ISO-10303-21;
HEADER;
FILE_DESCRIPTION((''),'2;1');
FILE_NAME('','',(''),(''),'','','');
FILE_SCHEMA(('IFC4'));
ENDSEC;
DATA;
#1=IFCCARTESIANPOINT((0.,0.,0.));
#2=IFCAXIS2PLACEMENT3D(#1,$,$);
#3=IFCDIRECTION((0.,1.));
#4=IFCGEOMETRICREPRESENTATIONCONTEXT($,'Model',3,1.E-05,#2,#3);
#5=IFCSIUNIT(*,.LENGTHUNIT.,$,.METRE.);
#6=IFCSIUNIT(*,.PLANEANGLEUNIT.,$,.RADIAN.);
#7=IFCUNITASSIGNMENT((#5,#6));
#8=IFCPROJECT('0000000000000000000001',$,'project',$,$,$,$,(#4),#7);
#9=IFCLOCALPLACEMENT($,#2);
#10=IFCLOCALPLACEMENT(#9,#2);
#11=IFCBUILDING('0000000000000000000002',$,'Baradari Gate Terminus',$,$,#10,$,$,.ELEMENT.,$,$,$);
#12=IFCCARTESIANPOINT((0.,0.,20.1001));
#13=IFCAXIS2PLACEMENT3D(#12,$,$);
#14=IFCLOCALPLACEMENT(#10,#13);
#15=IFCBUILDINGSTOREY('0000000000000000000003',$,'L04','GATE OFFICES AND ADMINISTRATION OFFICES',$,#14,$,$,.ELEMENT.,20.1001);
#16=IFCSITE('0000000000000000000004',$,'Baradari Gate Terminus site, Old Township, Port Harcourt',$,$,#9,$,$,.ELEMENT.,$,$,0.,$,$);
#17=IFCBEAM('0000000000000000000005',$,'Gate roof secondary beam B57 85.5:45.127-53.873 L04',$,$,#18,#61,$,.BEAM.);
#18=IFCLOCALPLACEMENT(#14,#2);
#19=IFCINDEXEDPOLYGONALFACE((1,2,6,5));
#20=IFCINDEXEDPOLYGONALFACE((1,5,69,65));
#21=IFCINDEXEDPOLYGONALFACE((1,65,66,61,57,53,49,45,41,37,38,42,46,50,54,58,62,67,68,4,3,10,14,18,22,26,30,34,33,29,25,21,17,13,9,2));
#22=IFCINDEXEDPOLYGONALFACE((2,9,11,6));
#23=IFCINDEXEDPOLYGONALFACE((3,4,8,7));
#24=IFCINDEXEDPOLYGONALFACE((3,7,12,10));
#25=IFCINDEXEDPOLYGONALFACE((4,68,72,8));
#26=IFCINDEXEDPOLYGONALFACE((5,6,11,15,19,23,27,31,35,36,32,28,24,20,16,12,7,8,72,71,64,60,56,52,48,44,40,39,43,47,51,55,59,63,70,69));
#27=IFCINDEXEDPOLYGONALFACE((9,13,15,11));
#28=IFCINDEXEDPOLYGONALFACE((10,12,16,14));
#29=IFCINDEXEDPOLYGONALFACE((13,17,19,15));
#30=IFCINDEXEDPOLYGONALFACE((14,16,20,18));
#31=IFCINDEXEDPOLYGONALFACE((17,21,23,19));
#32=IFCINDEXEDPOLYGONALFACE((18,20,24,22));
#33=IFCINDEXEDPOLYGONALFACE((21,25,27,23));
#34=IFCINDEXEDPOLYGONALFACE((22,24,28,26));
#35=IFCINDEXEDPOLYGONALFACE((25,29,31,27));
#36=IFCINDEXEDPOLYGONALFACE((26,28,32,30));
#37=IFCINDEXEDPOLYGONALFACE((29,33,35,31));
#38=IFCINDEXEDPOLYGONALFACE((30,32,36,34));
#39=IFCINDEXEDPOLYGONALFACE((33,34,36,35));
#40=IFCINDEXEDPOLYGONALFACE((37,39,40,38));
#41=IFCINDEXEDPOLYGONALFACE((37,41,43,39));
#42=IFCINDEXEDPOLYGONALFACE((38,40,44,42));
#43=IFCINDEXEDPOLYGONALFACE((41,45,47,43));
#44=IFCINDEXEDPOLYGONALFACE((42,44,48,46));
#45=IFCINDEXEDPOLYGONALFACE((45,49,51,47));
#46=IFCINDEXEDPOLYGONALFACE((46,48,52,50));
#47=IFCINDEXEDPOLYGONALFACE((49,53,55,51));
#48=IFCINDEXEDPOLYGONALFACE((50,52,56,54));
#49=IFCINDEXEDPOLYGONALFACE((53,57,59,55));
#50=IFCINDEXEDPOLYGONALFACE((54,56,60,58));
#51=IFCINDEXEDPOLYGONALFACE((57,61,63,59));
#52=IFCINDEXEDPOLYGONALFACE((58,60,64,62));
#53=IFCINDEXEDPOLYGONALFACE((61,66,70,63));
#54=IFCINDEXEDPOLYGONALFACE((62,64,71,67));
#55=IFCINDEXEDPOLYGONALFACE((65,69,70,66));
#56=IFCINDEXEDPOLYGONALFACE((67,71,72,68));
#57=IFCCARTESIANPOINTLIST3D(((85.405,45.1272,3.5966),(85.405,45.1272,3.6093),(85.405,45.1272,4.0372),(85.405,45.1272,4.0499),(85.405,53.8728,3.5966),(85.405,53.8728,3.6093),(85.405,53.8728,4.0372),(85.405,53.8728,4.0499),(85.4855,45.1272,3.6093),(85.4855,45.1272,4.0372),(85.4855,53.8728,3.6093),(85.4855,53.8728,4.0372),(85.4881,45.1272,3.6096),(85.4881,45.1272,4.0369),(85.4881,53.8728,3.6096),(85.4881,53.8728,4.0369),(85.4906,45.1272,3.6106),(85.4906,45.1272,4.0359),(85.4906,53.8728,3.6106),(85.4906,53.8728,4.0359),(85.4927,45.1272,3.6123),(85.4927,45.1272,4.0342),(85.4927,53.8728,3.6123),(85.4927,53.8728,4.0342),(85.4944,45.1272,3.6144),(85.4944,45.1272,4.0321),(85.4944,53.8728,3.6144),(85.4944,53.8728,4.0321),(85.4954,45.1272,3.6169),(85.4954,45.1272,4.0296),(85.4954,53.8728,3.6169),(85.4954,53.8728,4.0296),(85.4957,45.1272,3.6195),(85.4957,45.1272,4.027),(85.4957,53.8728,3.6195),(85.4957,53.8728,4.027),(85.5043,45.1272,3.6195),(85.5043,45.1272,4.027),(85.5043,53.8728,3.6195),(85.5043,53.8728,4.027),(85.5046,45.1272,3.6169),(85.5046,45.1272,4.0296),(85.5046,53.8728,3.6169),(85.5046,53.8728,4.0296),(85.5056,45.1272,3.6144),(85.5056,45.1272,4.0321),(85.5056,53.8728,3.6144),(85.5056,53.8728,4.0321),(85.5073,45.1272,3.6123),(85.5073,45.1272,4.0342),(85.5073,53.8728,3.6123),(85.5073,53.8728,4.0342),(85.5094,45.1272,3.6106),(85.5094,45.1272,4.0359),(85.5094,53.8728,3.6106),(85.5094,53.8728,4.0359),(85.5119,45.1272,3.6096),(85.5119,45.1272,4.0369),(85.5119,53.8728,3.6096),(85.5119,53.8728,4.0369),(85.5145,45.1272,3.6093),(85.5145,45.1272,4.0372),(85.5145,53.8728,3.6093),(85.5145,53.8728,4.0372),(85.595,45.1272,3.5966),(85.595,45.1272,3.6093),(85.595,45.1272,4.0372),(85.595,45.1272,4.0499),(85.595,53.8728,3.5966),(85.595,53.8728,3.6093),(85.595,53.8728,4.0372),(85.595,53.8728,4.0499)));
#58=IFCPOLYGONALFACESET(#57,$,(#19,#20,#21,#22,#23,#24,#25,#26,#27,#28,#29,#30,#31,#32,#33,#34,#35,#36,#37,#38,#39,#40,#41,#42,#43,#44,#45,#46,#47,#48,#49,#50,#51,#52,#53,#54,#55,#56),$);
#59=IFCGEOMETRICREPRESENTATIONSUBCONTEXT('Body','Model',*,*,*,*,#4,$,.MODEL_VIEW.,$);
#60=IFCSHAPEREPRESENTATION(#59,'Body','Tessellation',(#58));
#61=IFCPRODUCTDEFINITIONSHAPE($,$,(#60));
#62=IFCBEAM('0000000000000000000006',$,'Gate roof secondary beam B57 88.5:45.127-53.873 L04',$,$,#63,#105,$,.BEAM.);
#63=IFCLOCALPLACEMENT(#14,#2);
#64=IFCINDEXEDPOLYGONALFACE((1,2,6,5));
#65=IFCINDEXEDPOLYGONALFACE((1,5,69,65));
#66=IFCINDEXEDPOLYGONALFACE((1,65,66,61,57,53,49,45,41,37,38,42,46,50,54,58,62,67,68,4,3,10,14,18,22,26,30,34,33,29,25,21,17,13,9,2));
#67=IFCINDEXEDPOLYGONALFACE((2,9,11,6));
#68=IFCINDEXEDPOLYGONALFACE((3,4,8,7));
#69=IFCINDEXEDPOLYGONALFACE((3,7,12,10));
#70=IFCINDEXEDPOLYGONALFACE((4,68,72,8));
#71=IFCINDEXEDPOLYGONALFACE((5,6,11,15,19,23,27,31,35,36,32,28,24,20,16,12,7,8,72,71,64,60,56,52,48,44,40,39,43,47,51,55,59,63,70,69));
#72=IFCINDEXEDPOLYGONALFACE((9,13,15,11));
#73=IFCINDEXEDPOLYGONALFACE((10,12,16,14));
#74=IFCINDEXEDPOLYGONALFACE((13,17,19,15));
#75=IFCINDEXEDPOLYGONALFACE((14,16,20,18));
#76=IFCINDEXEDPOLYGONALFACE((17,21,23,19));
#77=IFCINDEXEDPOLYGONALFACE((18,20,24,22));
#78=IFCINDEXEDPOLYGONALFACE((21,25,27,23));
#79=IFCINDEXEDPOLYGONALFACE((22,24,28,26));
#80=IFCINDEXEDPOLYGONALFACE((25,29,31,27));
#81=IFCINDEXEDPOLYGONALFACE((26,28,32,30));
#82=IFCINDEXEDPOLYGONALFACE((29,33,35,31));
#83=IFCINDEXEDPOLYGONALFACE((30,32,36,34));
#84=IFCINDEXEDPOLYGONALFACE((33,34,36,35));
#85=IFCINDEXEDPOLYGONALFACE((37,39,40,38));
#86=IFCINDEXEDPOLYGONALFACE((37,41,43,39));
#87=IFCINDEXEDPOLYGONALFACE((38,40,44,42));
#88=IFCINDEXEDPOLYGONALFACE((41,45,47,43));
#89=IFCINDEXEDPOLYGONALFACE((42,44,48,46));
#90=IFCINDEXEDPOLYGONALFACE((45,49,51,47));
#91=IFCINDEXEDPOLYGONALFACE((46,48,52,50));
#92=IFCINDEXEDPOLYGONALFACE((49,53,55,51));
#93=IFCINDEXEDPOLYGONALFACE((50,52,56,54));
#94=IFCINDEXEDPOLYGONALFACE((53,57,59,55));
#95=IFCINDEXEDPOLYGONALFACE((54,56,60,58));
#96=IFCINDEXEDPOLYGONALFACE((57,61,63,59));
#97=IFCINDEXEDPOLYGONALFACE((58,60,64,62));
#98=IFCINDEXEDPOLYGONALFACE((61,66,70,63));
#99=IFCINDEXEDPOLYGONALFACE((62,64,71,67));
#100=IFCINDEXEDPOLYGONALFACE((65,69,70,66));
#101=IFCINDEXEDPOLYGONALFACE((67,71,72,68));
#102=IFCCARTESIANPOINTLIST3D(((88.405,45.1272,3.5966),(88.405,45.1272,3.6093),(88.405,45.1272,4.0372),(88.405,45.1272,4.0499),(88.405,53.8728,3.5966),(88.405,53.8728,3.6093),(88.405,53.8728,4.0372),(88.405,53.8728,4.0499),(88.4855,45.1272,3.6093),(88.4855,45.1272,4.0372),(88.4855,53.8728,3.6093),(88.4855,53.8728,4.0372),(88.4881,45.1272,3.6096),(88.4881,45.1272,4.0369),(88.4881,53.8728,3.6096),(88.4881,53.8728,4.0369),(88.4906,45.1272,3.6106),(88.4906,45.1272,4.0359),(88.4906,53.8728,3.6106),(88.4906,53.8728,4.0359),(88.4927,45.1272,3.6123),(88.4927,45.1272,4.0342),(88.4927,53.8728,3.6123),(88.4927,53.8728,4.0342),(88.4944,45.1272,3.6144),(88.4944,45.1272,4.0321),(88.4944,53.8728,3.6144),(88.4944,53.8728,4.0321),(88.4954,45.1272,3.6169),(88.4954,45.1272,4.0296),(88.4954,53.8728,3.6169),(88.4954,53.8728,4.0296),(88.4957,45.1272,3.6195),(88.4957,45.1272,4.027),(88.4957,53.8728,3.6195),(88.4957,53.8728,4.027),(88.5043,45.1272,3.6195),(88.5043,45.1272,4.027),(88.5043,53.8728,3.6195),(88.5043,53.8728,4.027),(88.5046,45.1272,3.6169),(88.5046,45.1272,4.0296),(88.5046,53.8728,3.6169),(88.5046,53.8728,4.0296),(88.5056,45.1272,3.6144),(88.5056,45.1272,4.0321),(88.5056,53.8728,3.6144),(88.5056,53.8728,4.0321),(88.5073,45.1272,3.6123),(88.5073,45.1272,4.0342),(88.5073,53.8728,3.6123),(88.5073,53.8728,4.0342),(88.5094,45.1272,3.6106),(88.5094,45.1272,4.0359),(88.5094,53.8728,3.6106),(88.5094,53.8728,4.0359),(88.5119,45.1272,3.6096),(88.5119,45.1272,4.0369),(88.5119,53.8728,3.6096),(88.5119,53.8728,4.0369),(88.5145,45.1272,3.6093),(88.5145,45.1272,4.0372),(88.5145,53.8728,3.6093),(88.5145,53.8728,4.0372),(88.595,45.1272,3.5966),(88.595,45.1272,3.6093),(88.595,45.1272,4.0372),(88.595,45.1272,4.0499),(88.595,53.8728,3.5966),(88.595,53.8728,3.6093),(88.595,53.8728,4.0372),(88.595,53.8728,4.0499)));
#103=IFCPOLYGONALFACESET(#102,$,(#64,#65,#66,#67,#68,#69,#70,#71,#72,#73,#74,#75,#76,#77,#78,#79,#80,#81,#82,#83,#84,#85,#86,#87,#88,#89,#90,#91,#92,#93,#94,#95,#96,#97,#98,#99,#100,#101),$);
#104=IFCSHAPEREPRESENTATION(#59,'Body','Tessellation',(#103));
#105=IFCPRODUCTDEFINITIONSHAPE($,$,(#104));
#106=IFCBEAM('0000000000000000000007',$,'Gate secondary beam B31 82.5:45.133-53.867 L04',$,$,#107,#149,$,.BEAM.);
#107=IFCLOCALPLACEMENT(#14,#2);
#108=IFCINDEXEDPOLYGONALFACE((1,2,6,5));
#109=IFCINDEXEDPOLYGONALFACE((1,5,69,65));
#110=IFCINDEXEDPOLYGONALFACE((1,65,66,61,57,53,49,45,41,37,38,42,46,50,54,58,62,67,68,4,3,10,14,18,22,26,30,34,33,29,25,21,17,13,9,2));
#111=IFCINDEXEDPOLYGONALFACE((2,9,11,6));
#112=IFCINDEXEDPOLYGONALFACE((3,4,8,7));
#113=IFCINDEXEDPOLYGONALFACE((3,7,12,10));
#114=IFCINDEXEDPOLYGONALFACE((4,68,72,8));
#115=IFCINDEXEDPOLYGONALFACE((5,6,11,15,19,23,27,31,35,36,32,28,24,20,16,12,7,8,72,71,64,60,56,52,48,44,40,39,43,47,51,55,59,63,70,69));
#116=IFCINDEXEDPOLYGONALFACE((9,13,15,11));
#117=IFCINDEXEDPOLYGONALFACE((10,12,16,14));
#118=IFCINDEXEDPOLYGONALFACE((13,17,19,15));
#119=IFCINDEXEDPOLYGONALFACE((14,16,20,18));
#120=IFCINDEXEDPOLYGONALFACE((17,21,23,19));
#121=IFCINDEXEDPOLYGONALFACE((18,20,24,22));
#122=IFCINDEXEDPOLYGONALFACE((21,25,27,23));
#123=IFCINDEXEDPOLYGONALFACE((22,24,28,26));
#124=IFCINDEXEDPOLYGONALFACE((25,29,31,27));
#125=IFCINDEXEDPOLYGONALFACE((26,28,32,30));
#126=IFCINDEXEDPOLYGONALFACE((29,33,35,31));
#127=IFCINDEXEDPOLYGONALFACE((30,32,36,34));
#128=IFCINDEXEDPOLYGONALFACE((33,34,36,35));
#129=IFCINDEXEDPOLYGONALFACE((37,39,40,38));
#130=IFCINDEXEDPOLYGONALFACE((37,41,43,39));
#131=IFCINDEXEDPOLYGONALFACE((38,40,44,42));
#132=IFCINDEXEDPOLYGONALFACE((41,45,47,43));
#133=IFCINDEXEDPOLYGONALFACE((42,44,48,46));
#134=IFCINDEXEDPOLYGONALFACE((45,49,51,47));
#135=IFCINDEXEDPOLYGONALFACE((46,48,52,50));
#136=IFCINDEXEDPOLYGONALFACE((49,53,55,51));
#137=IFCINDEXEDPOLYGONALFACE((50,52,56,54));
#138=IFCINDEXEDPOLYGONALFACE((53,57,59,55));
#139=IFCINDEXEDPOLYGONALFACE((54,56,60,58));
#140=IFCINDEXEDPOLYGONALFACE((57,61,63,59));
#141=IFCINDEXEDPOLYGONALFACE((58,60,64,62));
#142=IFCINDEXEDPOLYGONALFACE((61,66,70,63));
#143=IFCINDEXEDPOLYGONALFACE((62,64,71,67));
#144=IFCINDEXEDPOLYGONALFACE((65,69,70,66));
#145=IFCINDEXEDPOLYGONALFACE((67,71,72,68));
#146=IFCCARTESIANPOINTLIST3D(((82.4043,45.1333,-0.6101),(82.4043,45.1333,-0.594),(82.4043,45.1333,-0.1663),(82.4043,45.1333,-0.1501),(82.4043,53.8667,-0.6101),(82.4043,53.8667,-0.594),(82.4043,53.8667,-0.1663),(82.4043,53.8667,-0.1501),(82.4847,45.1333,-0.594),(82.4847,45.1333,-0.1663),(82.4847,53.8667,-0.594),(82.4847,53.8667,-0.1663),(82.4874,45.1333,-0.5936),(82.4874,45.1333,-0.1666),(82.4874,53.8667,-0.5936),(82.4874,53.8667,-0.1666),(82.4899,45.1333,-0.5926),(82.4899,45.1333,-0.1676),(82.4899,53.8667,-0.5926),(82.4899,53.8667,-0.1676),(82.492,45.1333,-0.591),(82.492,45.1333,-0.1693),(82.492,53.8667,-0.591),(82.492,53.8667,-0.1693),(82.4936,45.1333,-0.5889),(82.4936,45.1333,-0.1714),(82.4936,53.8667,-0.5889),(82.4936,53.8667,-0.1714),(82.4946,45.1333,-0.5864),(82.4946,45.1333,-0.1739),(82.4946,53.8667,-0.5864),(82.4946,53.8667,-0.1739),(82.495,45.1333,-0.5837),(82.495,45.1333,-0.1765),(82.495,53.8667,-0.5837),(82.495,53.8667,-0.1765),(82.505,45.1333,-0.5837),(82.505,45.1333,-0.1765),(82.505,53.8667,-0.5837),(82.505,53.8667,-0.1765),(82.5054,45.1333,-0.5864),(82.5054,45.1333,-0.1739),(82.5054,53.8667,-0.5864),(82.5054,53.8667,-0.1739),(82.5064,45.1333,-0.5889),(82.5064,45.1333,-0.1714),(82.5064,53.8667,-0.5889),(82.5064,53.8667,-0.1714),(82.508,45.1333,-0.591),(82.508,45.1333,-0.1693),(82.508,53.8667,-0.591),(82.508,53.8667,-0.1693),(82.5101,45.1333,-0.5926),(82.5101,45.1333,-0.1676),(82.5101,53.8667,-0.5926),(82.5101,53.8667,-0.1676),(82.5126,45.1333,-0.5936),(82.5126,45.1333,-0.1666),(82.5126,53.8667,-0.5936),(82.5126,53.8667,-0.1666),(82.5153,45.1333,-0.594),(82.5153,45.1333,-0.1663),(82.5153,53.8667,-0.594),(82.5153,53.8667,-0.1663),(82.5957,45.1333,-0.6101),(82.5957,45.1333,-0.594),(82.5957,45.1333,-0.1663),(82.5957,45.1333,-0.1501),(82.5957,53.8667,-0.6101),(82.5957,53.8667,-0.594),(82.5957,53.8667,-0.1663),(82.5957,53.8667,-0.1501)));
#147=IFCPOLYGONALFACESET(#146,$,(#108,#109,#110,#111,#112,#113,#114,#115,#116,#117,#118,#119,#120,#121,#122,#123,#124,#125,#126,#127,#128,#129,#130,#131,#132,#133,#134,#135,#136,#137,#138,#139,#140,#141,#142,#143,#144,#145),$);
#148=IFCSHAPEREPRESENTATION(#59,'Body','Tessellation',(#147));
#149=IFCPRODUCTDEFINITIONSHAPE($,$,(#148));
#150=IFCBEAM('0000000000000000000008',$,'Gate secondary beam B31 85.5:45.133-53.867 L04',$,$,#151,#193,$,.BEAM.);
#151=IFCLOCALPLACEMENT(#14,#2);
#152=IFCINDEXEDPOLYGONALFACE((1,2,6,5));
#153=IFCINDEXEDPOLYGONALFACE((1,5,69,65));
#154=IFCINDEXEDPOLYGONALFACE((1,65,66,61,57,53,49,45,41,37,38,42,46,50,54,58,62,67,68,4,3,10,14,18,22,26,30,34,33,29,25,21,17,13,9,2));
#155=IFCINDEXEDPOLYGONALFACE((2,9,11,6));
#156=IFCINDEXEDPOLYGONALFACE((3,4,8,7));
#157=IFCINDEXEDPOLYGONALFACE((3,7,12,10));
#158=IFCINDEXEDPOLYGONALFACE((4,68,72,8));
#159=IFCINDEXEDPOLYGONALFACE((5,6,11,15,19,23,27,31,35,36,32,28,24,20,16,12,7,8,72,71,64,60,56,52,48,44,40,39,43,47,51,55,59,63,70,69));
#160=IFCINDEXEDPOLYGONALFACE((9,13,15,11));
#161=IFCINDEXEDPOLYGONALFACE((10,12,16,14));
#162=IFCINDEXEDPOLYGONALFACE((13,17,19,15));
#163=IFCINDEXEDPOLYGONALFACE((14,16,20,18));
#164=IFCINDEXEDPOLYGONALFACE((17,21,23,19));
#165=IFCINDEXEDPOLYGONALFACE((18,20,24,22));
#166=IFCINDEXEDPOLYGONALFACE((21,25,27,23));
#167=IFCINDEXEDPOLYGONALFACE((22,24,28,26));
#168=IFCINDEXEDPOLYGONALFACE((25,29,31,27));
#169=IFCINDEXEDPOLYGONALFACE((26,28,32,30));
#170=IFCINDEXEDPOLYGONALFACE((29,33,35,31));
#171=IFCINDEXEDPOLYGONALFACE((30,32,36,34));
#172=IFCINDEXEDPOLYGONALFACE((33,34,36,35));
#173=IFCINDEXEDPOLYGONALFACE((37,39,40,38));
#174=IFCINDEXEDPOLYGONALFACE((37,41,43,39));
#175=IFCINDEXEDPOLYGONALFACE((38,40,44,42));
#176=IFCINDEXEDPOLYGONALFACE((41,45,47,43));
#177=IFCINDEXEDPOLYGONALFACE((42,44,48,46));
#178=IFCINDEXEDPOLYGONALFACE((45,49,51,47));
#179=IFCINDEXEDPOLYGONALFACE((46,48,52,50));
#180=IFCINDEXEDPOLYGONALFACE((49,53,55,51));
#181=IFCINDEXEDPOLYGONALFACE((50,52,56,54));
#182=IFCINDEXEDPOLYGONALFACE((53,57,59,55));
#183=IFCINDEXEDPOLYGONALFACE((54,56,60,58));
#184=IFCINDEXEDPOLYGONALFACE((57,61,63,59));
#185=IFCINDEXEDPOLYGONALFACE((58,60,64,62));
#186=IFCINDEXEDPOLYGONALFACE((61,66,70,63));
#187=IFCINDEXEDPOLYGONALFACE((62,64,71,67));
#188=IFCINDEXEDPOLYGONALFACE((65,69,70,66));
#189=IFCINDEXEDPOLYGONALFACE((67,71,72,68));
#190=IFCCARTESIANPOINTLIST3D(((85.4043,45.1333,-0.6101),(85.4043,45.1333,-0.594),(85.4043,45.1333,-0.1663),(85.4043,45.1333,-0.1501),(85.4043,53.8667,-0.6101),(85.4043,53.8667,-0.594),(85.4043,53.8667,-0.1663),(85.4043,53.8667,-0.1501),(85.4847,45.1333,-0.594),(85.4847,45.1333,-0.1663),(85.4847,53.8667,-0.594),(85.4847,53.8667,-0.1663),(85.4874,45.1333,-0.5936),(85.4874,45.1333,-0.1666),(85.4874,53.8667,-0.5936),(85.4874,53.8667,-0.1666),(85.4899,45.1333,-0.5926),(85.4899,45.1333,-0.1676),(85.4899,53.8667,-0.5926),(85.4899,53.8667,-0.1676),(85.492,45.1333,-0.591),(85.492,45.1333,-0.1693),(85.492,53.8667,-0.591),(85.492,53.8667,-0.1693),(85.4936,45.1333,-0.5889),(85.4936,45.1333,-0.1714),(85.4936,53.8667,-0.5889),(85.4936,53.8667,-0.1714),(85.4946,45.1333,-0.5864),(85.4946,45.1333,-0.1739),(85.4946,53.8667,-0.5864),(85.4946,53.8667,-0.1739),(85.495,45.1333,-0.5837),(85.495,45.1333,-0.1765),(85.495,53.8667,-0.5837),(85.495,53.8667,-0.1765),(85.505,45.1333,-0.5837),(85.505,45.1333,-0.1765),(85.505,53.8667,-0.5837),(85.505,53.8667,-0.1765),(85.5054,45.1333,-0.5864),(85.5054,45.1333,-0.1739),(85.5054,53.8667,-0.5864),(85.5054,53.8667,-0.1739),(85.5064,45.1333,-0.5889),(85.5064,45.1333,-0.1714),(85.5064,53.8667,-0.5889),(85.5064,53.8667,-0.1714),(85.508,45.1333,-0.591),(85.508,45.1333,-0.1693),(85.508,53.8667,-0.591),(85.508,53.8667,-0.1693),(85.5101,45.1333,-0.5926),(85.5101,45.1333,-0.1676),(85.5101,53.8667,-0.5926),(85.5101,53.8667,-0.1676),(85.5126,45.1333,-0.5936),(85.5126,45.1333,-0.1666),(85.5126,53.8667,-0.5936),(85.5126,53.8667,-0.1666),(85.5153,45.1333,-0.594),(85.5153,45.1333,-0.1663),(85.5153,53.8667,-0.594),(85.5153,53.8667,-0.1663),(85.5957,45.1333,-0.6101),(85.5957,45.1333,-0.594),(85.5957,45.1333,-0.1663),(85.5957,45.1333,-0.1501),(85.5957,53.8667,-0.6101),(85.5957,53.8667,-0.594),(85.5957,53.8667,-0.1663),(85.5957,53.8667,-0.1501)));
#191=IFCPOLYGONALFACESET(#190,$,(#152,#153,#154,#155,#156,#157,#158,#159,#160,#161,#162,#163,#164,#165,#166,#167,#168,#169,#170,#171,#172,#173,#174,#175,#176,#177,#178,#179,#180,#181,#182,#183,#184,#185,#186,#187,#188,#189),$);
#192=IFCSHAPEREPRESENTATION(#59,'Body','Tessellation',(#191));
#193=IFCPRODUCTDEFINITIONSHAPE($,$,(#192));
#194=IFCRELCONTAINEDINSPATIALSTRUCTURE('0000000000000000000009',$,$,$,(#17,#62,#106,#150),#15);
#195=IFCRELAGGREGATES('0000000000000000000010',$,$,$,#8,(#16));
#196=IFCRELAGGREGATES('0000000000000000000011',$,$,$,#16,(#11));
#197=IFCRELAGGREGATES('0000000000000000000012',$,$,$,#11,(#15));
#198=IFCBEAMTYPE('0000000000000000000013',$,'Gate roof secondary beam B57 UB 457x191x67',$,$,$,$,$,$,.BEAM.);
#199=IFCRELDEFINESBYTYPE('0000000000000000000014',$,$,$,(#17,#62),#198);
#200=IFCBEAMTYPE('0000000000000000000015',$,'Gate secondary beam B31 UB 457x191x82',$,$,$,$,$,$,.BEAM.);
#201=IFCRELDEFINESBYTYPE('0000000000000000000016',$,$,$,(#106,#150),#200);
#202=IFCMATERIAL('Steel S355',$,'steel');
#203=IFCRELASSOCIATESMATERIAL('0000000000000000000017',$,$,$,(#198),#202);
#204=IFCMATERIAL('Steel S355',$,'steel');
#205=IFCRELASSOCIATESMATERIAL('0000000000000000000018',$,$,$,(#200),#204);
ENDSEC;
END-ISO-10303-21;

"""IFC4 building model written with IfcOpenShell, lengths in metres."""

from ifc_helpers import new_model, si_unit, direction, frame, origin, origin_2d, place, context, subcontext, project, spatial, i_section, extrude, material, material_profile, profile_set, type_object, element, save


model = new_model("IFC4")

# Units and contexts
model_context = context("Model", 3, precision=1e-05, world=origin(), true_north=direction((0.0, 1.0)))
body_context = subcontext(model_context, "Body", "Model", "MODEL_VIEW")
ifc_project = project(units=[si_unit("LENGTHUNIT", "METRE"), si_unit("PLANEANGLEUNIT", "RADIAN")], contexts=[model_context])

# Site, building, storey
site_placement = place(None, origin())
site = spatial("IfcSite", under=ifc_project, at=site_placement, Name="Baradari Gate Terminus site, Old Township, Port Harcourt", CompositionType="ELEMENT", RefElevation=0.0)
building_placement = place(site_placement, origin())
building = spatial("IfcBuilding", under=site, at=building_placement, Name="Baradari Gate Terminus", CompositionType="ELEMENT")
storey_placement = place(building_placement, frame((0.0, 0.0, 20.1001)))
storey = spatial("IfcBuildingStorey", under=building, at=storey_placement, Name="L04", Description="GATE OFFICES AND ADMINISTRATION OFFICES", CompositionType="ELEMENT", Elevation=20.1001)

# Beams
ifc_material_1 = material(Name="Steel S355", Category="steel")
ifc_material_profile_1 = material_profile(ifc_material_1, i_section(OverallWidth=0.1899, OverallDepth=0.4534, WebThickness=0.0085, FlangeThickness=0.0127, FilletRadius=0.0103, at=origin_2d()), Name="UB 457x191x67")
ifc_profile_set_1 = profile_set([ifc_material_profile_1], Name="Steel S355")
beam_type_1 = type_object("IfcBeamType", Name="Gate roof secondary beam B57 UB 457x191x67", PredefinedType="BEAM", material=ifc_profile_set_1)
for number, where, z_axis, x_axis, name in (
    (1, (85.5, 45.1272, 3.8232), (0.0, 1.0, 0.0), (-1.0, 0.0, 0.0), "Gate roof secondary beam B57 85.5:45.127-53.873 L04"),
    (2, (88.5, 45.1272, 3.8232), (0.0, 1.0, 0.0), (-1.0, 0.0, 0.0), "Gate roof secondary beam B57 88.5:45.127-53.873 L04"),
):
    element("IfcBeam", number, at=place(storey_placement, frame(where, z_axis=z_axis, x_axis=x_axis)), inside=storey, type_object=beam_type_1, Name=name, PredefinedType="BEAM", context=body_context, shape_type="SweptSolid", body=[
        extrude(i_section(OverallWidth=0.1899, OverallDepth=0.4534, WebThickness=0.0085, FlangeThickness=0.0127, FilletRadius=0.0103, at=origin_2d()), origin(), (0.0, 0.0, 1.0), 8.7456),
    ])
ifc_material_2 = material(Name="Steel S355", Category="steel")
ifc_material_profile_2 = material_profile(ifc_material_2, i_section(OverallWidth=0.1914, OverallDepth=0.46, WebThickness=0.01, FlangeThickness=0.0161, FilletRadius=0.0103, at=origin_2d()), Name="UB 457x191x82")
ifc_profile_set_2 = profile_set([ifc_material_profile_2], Name="Steel S355")
beam_type_2 = type_object("IfcBeamType", Name="Gate secondary beam B31 UB 457x191x82", PredefinedType="BEAM", material=ifc_profile_set_2)
for number, where, z_axis, x_axis, name in (
    (3, (82.5, 45.1333, -0.3801), (0.0, 1.0, 0.0), (-1.0, 0.0, 0.0), "Gate secondary beam B31 82.5:45.133-53.867 L04"),
    (4, (85.5, 45.1333, -0.3801), (0.0, 1.0, 0.0), (-1.0, 0.0, 0.0), "Gate secondary beam B31 85.5:45.133-53.867 L04"),
):
    element("IfcBeam", number, at=place(storey_placement, frame(where, z_axis=z_axis, x_axis=x_axis)), inside=storey, type_object=beam_type_2, Name=name, PredefinedType="BEAM", context=body_context, shape_type="SweptSolid", body=[
        extrude(i_section(OverallWidth=0.1914, OverallDepth=0.46, WebThickness=0.01, FlangeThickness=0.0161, FilletRadius=0.0103, at=origin_2d()), origin(), (0.0, 0.0, 1.0), 8.7334),
    ])

save(model, "model.ifc")
